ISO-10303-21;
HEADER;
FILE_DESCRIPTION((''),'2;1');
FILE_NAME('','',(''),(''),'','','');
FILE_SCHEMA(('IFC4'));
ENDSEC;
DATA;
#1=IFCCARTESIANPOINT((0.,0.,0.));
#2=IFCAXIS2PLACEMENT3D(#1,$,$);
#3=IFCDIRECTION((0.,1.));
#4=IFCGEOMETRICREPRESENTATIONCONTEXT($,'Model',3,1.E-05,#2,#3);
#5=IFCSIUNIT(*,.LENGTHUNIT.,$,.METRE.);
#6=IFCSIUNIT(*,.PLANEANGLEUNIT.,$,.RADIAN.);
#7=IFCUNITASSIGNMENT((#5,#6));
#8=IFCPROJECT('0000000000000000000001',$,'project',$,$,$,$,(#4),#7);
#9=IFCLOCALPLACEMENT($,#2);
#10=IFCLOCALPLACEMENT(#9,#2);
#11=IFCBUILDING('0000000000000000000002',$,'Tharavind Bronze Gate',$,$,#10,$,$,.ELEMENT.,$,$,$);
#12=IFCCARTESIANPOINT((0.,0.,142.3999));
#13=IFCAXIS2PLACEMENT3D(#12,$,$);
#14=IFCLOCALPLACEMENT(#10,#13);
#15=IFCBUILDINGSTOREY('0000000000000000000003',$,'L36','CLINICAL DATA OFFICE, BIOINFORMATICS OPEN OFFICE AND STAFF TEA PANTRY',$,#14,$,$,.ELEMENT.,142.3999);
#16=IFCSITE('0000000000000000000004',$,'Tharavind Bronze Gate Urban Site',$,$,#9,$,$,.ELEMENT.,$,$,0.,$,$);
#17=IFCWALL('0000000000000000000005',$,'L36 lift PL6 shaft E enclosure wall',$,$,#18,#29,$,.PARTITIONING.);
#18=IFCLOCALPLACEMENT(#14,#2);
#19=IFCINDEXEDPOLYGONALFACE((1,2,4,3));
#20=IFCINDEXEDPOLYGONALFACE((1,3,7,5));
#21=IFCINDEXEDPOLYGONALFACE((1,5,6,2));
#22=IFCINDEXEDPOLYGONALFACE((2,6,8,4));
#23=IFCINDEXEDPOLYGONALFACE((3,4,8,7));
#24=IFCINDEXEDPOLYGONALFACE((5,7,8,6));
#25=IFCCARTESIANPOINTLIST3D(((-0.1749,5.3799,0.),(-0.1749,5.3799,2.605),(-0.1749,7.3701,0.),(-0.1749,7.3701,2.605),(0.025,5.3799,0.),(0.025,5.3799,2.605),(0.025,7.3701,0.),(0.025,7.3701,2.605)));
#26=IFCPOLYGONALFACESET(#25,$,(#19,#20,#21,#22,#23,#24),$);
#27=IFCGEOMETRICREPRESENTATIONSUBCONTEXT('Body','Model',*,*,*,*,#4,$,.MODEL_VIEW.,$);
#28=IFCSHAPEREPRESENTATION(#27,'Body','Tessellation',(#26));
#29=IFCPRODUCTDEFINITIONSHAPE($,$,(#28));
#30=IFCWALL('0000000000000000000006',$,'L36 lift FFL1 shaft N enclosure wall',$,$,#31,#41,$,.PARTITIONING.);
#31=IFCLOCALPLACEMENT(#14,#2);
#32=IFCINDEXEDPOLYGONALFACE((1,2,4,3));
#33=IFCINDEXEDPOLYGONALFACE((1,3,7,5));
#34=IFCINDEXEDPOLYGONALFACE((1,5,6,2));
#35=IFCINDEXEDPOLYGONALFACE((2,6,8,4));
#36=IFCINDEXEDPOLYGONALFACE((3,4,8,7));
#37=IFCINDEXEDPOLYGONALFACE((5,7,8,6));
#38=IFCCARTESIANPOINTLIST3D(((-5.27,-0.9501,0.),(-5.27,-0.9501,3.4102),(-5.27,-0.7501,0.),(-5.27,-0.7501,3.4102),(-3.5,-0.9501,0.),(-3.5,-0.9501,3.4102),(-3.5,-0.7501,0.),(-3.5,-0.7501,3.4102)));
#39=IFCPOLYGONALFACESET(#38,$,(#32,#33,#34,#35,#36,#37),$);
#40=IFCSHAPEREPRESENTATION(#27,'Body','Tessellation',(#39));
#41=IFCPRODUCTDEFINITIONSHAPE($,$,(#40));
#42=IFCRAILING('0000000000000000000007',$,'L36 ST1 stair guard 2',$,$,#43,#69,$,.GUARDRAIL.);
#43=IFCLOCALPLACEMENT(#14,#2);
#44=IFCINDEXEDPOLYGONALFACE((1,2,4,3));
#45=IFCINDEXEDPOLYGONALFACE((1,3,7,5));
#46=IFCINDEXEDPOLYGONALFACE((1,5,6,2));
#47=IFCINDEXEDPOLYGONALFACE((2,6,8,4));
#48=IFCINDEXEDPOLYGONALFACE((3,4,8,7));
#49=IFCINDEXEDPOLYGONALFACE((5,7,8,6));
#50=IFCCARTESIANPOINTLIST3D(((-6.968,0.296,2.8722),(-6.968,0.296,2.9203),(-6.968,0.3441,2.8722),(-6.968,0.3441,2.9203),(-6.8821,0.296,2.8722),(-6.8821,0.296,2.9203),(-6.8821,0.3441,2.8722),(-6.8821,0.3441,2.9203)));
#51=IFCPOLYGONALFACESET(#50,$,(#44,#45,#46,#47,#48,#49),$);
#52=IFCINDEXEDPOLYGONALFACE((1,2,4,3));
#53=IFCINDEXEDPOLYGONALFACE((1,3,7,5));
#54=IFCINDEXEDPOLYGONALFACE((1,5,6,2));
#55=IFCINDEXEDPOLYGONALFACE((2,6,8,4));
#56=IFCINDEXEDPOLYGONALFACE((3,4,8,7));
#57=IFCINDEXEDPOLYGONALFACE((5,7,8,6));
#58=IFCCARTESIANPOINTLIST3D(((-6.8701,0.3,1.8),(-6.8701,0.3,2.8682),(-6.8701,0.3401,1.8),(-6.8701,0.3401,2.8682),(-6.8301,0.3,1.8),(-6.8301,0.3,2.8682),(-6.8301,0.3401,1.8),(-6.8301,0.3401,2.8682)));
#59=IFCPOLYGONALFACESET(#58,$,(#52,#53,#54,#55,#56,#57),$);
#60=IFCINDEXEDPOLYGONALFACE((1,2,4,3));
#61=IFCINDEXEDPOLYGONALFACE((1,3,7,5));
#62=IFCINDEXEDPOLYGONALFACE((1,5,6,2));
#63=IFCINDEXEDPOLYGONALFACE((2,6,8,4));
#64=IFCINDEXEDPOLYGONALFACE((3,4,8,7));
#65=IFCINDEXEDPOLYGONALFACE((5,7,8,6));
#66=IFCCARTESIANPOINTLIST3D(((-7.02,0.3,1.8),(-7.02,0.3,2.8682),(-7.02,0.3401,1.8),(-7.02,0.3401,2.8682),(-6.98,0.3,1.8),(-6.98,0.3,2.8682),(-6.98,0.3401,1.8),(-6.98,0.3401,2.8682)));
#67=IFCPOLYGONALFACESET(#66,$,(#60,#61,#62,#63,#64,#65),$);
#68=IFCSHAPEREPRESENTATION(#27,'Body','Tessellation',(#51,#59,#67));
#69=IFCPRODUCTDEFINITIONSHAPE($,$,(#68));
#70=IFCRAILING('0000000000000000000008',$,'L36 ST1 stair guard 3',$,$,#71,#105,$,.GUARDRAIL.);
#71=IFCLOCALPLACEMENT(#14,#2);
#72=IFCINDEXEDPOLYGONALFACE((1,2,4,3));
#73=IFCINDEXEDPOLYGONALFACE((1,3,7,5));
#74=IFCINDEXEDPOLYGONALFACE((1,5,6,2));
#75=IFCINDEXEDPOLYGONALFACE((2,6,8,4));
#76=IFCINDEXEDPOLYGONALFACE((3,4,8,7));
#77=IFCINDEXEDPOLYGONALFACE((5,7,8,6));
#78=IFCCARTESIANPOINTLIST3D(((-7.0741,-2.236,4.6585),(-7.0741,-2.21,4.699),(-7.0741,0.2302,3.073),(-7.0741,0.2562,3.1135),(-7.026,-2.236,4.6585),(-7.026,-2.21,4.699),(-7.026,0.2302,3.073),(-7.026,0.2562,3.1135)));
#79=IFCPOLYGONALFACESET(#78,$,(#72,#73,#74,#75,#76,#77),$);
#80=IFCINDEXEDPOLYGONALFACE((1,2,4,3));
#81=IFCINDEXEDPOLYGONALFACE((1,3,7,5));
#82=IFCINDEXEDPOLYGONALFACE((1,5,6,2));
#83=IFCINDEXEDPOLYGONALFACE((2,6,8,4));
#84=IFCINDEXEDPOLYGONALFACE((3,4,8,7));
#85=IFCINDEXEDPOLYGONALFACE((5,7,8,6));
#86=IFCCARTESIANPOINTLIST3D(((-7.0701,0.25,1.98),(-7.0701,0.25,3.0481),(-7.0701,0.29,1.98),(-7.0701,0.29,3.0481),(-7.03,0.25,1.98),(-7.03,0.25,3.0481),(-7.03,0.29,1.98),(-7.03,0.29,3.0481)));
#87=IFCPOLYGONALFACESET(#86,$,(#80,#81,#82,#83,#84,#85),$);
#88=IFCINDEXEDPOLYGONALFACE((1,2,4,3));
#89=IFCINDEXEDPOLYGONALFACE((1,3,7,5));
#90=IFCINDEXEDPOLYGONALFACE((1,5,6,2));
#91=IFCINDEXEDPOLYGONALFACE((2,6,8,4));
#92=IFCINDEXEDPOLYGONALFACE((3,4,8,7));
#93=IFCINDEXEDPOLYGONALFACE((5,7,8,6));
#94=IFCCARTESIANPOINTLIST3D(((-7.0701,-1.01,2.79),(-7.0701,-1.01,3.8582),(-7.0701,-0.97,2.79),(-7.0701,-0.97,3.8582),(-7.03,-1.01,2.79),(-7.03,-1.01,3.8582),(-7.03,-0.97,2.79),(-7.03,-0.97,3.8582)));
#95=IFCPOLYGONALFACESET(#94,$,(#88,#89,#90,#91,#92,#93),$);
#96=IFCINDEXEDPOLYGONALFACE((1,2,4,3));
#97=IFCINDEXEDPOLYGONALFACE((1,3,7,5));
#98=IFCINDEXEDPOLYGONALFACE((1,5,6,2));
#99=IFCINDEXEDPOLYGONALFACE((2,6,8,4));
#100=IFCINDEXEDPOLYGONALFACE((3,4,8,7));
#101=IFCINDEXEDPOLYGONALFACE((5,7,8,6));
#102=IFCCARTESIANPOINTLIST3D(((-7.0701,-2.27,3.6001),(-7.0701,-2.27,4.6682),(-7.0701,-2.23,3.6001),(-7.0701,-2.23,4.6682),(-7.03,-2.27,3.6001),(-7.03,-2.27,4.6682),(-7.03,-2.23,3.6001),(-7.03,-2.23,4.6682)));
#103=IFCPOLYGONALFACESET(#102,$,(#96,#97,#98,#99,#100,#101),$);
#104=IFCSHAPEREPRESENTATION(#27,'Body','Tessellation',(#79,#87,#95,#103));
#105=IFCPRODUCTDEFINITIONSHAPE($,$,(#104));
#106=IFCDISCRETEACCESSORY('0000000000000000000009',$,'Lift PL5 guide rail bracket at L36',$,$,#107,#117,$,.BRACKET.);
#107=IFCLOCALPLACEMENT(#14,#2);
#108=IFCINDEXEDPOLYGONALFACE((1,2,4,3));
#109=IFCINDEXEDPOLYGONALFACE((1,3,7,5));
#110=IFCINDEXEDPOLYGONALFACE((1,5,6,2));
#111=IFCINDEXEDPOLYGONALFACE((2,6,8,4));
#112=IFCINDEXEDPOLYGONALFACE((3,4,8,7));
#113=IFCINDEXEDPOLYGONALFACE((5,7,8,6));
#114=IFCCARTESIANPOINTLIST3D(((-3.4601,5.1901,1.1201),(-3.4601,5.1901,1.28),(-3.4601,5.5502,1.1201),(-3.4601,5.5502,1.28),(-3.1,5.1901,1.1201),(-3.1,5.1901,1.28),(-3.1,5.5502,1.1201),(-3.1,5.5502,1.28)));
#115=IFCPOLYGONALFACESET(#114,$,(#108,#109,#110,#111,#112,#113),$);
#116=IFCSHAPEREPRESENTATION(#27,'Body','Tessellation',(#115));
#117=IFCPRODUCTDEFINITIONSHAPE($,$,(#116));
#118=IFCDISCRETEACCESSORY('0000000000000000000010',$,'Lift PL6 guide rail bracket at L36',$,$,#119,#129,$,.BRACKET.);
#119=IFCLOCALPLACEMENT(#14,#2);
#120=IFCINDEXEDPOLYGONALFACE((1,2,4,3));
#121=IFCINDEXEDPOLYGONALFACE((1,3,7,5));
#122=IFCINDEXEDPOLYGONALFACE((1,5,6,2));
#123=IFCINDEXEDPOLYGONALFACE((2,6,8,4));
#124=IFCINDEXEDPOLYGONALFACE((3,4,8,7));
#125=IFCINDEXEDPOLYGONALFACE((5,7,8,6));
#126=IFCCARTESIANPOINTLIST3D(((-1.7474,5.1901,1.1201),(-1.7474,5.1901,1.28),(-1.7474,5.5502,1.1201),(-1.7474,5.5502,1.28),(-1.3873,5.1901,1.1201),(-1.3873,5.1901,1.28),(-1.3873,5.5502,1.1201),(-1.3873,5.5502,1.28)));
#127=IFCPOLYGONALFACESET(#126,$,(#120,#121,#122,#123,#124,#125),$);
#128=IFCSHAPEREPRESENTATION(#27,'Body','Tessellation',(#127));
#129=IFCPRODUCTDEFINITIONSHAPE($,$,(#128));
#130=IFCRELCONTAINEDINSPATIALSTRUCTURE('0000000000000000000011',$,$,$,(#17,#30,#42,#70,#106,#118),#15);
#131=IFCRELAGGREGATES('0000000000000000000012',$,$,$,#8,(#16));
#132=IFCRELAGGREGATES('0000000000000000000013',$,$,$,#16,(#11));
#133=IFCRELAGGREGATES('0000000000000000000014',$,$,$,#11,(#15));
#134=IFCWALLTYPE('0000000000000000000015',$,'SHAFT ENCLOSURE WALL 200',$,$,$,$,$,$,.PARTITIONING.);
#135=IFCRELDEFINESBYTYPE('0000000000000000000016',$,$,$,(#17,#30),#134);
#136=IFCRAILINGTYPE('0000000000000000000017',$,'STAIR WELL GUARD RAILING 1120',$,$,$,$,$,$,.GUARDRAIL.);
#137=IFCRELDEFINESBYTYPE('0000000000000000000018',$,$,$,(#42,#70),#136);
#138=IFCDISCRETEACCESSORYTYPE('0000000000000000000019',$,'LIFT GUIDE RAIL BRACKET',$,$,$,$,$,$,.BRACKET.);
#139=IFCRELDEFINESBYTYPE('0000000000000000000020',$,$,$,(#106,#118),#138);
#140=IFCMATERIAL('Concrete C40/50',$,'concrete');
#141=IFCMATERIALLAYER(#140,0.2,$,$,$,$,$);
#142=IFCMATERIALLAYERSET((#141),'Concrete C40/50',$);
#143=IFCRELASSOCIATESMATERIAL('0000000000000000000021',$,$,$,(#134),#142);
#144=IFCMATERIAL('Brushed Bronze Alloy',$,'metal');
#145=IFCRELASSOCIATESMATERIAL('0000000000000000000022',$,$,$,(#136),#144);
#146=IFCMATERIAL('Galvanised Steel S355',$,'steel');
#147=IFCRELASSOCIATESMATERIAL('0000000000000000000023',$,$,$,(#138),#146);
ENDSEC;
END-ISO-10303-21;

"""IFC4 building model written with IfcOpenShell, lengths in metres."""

from ifc_helpers import new_model, si_unit, direction, frame, frame_2d, origin, origin_2d, place, context, subcontext, project, spatial, rectangle, extrude, material, layer, layer_set, type_object, element, save


model = new_model("IFC4")

# Units and contexts
model_context = context("Model", 3, precision=1e-05, world=origin(), true_north=direction((0.0, 1.0)))
body_context = subcontext(model_context, "Body", "Model", "MODEL_VIEW")
ifc_project = project(units=[si_unit("LENGTHUNIT", "METRE"), si_unit("PLANEANGLEUNIT", "RADIAN")], contexts=[model_context])

# Site, building, storey
site_placement = place(None, origin())
site = spatial("IfcSite", under=ifc_project, at=site_placement, Name="Tharavind Bronze Gate Urban Site", CompositionType="ELEMENT", RefElevation=0.0)
building_placement = place(site_placement, origin())
building = spatial("IfcBuilding", under=site, at=building_placement, Name="Tharavind Bronze Gate", CompositionType="ELEMENT")
storey_placement = place(building_placement, frame((0.0, 0.0, 142.3999)))
storey = spatial("IfcBuildingStorey", under=building, at=storey_placement, Name="L36", Description="CLINICAL DATA OFFICE, BIOINFORMATICS OPEN OFFICE AND STAFF TEA PANTRY", CompositionType="ELEMENT", Elevation=142.3999)

# Shared definitions
ifc_material_1 = material(Name="Concrete C40/50", Category="concrete")

# Walls
ifc_layer_1 = layer(ifc_material_1, 0.2)
ifc_layer_set_1 = layer_set([ifc_layer_1], Name="Concrete C40/50")
wall_type_1 = type_object("IfcWallType", Name="SHAFT ENCLOSURE WALL 200", PredefinedType="PARTITIONING", material=ifc_layer_set_1)
for number, where, z_axis, x_axis, name in (
    (1, (-0.075, 5.3799, 0.0), (0.0, 0.0, 1.0), (0.0, 1.0, 0.0), "L36 lift PL6 shaft E enclosure wall"),
):
    element("IfcWall", number, at=place(storey_placement, frame(where, z_axis=z_axis, x_axis=x_axis)), inside=storey, type_object=wall_type_1, Name=name, PredefinedType="PARTITIONING", context=body_context, shape_type="SweptSolid", body=[
        extrude(rectangle(XDim=1.9902, YDim=0.2, at=frame_2d((0.9951, 0.0))), origin(), (0.0, 0.0, 1.0), 2.605),
    ])
wall_1_placement = place(storey_placement, frame((-5.27, -0.8501, 0.0), z_axis=(0.0, 0.0, 1.0), x_axis=(1.0, 0.0, 0.0)))
element("IfcWall", 2, at=wall_1_placement, inside=storey, type_object=wall_type_1, Name="L36 lift FFL1 shaft N enclosure wall", PredefinedType="PARTITIONING", context=body_context, shape_type="SweptSolid", body=[
    extrude(rectangle(XDim=1.77, YDim=0.2, at=frame_2d((0.885, 0.0))), origin(), (0.0, 0.0, 1.0), 3.4102),
])

# Railings
ifc_material_2 = material(Name="Brushed Bronze Alloy", Category="metal")
railing_type = type_object("IfcRailingType", Name="STAIR WELL GUARD RAILING 1120", PredefinedType="GUARDRAIL", material=ifc_material_2)
railing_1_placement = place(storey_placement, frame((-6.8501, 0.3201, 1.8)))
element("IfcRailing", 3, at=railing_1_placement, inside=storey, type_object=railing_type, Name="L36 ST1 stair guard 2", PredefinedType="GUARDRAIL", context=body_context, shape_type="SweptSolid", body=[
    extrude(rectangle(XDim=0.0481, YDim=0.0481, at=origin_2d()), frame((-0.032, 0.0, 1.0962), z_axis=(-1.0, 0.0, 0.0), x_axis=(0.0, -1.0, 0.0)), (0.0, 0.0, 1.0), 0.0859),
    extrude(rectangle(XDim=0.04, YDim=0.04, at=origin_2d()), origin(), (0.0, 0.0, 1.0), 1.0681),
    extrude(rectangle(XDim=0.04, YDim=0.04, at=origin_2d()), frame((-0.1499, 0.0, 0.0)), (0.0, 0.0, 1.0), 1.0681),
])
railing_2_placement = place(storey_placement, frame((-7.05, 0.27, 1.98)))
element("IfcRailing", 4, at=railing_2_placement, inside=storey, type_object=railing_type, Name="L36 ST1 stair guard 3", PredefinedType="GUARDRAIL", context=body_context, shape_type="SweptSolid", body=[
    extrude(rectangle(XDim=0.0481, YDim=0.0481, at=origin_2d()), frame((0.0, -0.0269, 1.1133), z_axis=(0.0, -0.841163, 0.540782), x_axis=(1.0, 0.0, 0.0)), (0.0, 0.0, 1.0), 2.9319),
    extrude(rectangle(XDim=0.04, YDim=0.04, at=origin_2d()), origin(), (0.0, 0.0, 1.0), 1.0681),
    extrude(rectangle(XDim=0.04, YDim=0.04, at=origin_2d()), frame((0.0, -1.26, 0.8101)), (0.0, 0.0, 1.0), 1.0681),
    extrude(rectangle(XDim=0.04, YDim=0.04, at=origin_2d()), frame((0.0, -2.52, 1.6201)), (0.0, 0.0, 1.0), 1.0681),
])

# Discrete accessories
ifc_material_3 = material(Name="Galvanised Steel S355", Category="steel")
discrete_accessory_type = type_object("IfcDiscreteAccessoryType", Name="LIFT GUIDE RAIL BRACKET", PredefinedType="BRACKET", material=ifc_material_3)
for number, where, z_axis, x_axis, name in (
    (5, (-3.28, 5.3701, 1.1201), (0.0, 0.0, 1.0), (1.0, 0.0, 0.0), "Lift PL5 guide rail bracket at L36"),
    (6, (-1.5674, 5.3701, 1.1201), (0.0, 0.0, 1.0), (1.0, 0.0, 0.0), "Lift PL6 guide rail bracket at L36"),
):
    element("IfcDiscreteAccessory", number, at=place(storey_placement, frame(where, z_axis=z_axis, x_axis=x_axis)), inside=storey, type_object=discrete_accessory_type, Name=name, PredefinedType="BRACKET", context=body_context, shape_type="SweptSolid", body=[
        extrude(rectangle(XDim=0.3601, YDim=0.3601, at=origin_2d()), origin(), (0.0, 0.0, 1.0), 0.1599),
    ])

save(model, "model.ifc")
